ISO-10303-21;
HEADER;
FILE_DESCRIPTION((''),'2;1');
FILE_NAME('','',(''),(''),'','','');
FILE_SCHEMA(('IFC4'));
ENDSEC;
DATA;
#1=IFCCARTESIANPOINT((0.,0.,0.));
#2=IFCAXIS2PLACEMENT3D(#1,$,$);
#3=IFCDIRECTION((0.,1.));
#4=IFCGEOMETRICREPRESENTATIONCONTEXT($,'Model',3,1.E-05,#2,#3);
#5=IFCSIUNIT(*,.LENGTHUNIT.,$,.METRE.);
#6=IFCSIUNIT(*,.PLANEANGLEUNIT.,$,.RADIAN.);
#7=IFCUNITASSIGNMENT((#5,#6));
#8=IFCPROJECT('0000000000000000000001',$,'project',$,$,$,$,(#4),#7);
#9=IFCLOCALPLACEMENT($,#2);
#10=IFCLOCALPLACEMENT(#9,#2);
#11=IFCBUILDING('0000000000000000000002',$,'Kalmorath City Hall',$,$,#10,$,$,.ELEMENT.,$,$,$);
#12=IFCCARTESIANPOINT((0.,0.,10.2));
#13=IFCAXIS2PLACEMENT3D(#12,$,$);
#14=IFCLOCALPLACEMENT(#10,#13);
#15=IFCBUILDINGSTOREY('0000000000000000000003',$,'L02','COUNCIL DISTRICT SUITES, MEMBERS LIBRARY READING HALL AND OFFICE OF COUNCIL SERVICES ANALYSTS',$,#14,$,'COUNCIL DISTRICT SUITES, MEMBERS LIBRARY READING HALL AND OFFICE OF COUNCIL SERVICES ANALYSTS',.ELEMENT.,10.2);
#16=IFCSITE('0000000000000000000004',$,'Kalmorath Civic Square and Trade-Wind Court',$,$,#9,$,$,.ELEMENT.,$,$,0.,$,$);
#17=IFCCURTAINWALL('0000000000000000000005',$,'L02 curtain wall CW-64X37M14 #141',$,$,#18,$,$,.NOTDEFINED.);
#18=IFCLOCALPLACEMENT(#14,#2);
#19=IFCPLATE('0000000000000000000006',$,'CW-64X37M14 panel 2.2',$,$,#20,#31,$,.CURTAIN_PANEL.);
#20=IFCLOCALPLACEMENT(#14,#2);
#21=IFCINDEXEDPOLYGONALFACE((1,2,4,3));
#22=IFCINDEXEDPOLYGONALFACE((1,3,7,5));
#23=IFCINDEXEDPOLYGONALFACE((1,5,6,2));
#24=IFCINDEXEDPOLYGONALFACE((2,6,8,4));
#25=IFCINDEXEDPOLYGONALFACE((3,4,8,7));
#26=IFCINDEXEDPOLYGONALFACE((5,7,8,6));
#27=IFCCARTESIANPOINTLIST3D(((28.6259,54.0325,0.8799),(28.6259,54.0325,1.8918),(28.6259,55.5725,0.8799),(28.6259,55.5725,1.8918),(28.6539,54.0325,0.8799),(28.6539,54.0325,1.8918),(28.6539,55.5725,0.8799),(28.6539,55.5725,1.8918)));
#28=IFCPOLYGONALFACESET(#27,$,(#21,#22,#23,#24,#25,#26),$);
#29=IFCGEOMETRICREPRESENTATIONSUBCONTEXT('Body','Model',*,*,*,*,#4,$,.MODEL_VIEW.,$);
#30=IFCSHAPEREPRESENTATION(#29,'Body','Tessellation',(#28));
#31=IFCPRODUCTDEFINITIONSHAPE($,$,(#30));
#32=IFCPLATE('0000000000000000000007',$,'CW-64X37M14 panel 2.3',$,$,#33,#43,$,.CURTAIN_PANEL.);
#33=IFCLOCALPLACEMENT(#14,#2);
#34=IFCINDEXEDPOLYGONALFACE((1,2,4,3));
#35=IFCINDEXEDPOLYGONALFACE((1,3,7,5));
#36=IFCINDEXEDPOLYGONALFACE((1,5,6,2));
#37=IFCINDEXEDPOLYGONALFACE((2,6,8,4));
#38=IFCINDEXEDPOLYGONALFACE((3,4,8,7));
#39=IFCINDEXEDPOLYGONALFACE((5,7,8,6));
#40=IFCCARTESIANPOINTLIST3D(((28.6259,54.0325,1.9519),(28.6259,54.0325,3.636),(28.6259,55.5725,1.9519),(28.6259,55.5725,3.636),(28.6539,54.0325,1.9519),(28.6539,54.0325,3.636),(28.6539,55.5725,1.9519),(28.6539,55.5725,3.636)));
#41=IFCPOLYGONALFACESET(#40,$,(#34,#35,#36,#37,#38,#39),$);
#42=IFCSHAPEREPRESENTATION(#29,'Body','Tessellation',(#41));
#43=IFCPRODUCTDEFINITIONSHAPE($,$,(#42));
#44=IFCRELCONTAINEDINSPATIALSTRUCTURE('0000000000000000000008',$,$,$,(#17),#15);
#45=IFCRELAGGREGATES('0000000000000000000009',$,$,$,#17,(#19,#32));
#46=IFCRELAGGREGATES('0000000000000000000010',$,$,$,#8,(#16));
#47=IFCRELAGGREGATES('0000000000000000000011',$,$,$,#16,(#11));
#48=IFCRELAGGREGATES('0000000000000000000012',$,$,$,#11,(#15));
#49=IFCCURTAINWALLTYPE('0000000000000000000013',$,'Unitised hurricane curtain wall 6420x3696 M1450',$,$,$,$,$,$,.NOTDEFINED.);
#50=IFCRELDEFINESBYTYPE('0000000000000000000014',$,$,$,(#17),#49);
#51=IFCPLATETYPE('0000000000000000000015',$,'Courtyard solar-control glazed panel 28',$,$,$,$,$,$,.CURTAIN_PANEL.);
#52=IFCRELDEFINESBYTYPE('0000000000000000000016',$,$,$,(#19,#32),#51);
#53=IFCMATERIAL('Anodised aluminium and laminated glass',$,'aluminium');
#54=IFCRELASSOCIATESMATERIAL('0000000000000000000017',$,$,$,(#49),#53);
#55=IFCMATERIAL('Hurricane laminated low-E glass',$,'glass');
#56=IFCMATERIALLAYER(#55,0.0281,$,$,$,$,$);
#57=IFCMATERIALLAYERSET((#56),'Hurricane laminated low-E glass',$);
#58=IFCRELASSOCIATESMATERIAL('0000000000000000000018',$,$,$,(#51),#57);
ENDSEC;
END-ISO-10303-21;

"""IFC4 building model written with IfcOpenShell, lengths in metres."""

from ifc_helpers import new_model, si_unit, direction, frame, origin, origin_2d, place, context, subcontext, project, spatial, rectangle, extrude, material, layer, layer_set, type_object, element, aggregate, save


model = new_model("IFC4")

# Units and contexts
model_context = context("Model", 3, precision=1e-05, world=origin(), true_north=direction((0.0, 1.0)))
body_context = subcontext(model_context, "Body", "Model", "MODEL_VIEW")
ifc_project = project(units=[si_unit("LENGTHUNIT", "METRE"), si_unit("PLANEANGLEUNIT", "RADIAN")], contexts=[model_context])

# Site, building, storey
site_placement = place(None, origin())
site = spatial("IfcSite", under=ifc_project, at=site_placement, Name="Kalmorath Civic Square and Trade-Wind Court", CompositionType="ELEMENT", RefElevation=0.0)
building_placement = place(site_placement, origin())
building = spatial("IfcBuilding", under=site, at=building_placement, Name="Kalmorath City Hall", CompositionType="ELEMENT")
storey_placement = place(building_placement, frame((0.0, 0.0, 10.2)))
storey = spatial("IfcBuildingStorey", under=building, at=storey_placement, Name="L02", Description="COUNCIL DISTRICT SUITES, MEMBERS LIBRARY READING HALL AND OFFICE OF COUNCIL SERVICES ANALYSTS", LongName="COUNCIL DISTRICT SUITES, MEMBERS LIBRARY READING HALL AND OFFICE OF COUNCIL SERVICES ANALYSTS", CompositionType="ELEMENT", Elevation=10.2)

# Curtain wall, plates
ifc_material_1 = material(Name="Anodised aluminium and laminated glass", Category="aluminium")
curtain_wall_type = type_object("IfcCurtainWallType", Name="Unitised hurricane curtain wall 6420x3696 M1450", PredefinedType="NOTDEFINED", material=ifc_material_1)
curtain_wall_placement = place(storey_placement, origin())
curtain_wall = element("IfcCurtainWall", 1, at=curtain_wall_placement, inside=storey, type_object=curtain_wall_type, Name="L02 curtain wall CW-64X37M14 #141", PredefinedType="NOTDEFINED")
ifc_material_2 = material(Name="Hurricane laminated low-E glass", Category="glass")
ifc_layer = layer(ifc_material_2, 0.0281)
ifc_layer_set = layer_set([ifc_layer], Name="Hurricane laminated low-E glass")
plate_type = type_object("IfcPlateType", Name="Courtyard solar-control glazed panel 28", PredefinedType="CURTAIN_PANEL", material=ifc_layer_set)
plate_1_placement = place(storey_placement, frame((28.6399, 54.8025, 0.8799), z_axis=(0.0, 0.0, 1.0), x_axis=(0.0, -1.0, 0.0)))
plate_1 = element("IfcPlate", 2, at=plate_1_placement, type_object=plate_type, Name="CW-64X37M14 panel 2.2", PredefinedType="CURTAIN_PANEL", context=body_context, shape_type="SweptSolid", body=[
    extrude(rectangle(XDim=1.54, YDim=0.0281, at=origin_2d()), origin(), (0.0, 0.0, 1.0), 1.012),
])
plate_2_placement = place(storey_placement, frame((28.6399, 54.8025, 1.9519), z_axis=(0.0, 0.0, 1.0), x_axis=(0.0, -1.0, 0.0)))
plate_2 = element("IfcPlate", 3, at=plate_2_placement, type_object=plate_type, Name="CW-64X37M14 panel 2.3", PredefinedType="CURTAIN_PANEL", context=body_context, shape_type="SweptSolid", body=[
    extrude(rectangle(XDim=1.54, YDim=0.0281, at=origin_2d()), origin(), (0.0, 0.0, 1.0), 1.6841),
])
aggregate(curtain_wall, [plate_1, plate_2])

save(model, "model.ifc")
